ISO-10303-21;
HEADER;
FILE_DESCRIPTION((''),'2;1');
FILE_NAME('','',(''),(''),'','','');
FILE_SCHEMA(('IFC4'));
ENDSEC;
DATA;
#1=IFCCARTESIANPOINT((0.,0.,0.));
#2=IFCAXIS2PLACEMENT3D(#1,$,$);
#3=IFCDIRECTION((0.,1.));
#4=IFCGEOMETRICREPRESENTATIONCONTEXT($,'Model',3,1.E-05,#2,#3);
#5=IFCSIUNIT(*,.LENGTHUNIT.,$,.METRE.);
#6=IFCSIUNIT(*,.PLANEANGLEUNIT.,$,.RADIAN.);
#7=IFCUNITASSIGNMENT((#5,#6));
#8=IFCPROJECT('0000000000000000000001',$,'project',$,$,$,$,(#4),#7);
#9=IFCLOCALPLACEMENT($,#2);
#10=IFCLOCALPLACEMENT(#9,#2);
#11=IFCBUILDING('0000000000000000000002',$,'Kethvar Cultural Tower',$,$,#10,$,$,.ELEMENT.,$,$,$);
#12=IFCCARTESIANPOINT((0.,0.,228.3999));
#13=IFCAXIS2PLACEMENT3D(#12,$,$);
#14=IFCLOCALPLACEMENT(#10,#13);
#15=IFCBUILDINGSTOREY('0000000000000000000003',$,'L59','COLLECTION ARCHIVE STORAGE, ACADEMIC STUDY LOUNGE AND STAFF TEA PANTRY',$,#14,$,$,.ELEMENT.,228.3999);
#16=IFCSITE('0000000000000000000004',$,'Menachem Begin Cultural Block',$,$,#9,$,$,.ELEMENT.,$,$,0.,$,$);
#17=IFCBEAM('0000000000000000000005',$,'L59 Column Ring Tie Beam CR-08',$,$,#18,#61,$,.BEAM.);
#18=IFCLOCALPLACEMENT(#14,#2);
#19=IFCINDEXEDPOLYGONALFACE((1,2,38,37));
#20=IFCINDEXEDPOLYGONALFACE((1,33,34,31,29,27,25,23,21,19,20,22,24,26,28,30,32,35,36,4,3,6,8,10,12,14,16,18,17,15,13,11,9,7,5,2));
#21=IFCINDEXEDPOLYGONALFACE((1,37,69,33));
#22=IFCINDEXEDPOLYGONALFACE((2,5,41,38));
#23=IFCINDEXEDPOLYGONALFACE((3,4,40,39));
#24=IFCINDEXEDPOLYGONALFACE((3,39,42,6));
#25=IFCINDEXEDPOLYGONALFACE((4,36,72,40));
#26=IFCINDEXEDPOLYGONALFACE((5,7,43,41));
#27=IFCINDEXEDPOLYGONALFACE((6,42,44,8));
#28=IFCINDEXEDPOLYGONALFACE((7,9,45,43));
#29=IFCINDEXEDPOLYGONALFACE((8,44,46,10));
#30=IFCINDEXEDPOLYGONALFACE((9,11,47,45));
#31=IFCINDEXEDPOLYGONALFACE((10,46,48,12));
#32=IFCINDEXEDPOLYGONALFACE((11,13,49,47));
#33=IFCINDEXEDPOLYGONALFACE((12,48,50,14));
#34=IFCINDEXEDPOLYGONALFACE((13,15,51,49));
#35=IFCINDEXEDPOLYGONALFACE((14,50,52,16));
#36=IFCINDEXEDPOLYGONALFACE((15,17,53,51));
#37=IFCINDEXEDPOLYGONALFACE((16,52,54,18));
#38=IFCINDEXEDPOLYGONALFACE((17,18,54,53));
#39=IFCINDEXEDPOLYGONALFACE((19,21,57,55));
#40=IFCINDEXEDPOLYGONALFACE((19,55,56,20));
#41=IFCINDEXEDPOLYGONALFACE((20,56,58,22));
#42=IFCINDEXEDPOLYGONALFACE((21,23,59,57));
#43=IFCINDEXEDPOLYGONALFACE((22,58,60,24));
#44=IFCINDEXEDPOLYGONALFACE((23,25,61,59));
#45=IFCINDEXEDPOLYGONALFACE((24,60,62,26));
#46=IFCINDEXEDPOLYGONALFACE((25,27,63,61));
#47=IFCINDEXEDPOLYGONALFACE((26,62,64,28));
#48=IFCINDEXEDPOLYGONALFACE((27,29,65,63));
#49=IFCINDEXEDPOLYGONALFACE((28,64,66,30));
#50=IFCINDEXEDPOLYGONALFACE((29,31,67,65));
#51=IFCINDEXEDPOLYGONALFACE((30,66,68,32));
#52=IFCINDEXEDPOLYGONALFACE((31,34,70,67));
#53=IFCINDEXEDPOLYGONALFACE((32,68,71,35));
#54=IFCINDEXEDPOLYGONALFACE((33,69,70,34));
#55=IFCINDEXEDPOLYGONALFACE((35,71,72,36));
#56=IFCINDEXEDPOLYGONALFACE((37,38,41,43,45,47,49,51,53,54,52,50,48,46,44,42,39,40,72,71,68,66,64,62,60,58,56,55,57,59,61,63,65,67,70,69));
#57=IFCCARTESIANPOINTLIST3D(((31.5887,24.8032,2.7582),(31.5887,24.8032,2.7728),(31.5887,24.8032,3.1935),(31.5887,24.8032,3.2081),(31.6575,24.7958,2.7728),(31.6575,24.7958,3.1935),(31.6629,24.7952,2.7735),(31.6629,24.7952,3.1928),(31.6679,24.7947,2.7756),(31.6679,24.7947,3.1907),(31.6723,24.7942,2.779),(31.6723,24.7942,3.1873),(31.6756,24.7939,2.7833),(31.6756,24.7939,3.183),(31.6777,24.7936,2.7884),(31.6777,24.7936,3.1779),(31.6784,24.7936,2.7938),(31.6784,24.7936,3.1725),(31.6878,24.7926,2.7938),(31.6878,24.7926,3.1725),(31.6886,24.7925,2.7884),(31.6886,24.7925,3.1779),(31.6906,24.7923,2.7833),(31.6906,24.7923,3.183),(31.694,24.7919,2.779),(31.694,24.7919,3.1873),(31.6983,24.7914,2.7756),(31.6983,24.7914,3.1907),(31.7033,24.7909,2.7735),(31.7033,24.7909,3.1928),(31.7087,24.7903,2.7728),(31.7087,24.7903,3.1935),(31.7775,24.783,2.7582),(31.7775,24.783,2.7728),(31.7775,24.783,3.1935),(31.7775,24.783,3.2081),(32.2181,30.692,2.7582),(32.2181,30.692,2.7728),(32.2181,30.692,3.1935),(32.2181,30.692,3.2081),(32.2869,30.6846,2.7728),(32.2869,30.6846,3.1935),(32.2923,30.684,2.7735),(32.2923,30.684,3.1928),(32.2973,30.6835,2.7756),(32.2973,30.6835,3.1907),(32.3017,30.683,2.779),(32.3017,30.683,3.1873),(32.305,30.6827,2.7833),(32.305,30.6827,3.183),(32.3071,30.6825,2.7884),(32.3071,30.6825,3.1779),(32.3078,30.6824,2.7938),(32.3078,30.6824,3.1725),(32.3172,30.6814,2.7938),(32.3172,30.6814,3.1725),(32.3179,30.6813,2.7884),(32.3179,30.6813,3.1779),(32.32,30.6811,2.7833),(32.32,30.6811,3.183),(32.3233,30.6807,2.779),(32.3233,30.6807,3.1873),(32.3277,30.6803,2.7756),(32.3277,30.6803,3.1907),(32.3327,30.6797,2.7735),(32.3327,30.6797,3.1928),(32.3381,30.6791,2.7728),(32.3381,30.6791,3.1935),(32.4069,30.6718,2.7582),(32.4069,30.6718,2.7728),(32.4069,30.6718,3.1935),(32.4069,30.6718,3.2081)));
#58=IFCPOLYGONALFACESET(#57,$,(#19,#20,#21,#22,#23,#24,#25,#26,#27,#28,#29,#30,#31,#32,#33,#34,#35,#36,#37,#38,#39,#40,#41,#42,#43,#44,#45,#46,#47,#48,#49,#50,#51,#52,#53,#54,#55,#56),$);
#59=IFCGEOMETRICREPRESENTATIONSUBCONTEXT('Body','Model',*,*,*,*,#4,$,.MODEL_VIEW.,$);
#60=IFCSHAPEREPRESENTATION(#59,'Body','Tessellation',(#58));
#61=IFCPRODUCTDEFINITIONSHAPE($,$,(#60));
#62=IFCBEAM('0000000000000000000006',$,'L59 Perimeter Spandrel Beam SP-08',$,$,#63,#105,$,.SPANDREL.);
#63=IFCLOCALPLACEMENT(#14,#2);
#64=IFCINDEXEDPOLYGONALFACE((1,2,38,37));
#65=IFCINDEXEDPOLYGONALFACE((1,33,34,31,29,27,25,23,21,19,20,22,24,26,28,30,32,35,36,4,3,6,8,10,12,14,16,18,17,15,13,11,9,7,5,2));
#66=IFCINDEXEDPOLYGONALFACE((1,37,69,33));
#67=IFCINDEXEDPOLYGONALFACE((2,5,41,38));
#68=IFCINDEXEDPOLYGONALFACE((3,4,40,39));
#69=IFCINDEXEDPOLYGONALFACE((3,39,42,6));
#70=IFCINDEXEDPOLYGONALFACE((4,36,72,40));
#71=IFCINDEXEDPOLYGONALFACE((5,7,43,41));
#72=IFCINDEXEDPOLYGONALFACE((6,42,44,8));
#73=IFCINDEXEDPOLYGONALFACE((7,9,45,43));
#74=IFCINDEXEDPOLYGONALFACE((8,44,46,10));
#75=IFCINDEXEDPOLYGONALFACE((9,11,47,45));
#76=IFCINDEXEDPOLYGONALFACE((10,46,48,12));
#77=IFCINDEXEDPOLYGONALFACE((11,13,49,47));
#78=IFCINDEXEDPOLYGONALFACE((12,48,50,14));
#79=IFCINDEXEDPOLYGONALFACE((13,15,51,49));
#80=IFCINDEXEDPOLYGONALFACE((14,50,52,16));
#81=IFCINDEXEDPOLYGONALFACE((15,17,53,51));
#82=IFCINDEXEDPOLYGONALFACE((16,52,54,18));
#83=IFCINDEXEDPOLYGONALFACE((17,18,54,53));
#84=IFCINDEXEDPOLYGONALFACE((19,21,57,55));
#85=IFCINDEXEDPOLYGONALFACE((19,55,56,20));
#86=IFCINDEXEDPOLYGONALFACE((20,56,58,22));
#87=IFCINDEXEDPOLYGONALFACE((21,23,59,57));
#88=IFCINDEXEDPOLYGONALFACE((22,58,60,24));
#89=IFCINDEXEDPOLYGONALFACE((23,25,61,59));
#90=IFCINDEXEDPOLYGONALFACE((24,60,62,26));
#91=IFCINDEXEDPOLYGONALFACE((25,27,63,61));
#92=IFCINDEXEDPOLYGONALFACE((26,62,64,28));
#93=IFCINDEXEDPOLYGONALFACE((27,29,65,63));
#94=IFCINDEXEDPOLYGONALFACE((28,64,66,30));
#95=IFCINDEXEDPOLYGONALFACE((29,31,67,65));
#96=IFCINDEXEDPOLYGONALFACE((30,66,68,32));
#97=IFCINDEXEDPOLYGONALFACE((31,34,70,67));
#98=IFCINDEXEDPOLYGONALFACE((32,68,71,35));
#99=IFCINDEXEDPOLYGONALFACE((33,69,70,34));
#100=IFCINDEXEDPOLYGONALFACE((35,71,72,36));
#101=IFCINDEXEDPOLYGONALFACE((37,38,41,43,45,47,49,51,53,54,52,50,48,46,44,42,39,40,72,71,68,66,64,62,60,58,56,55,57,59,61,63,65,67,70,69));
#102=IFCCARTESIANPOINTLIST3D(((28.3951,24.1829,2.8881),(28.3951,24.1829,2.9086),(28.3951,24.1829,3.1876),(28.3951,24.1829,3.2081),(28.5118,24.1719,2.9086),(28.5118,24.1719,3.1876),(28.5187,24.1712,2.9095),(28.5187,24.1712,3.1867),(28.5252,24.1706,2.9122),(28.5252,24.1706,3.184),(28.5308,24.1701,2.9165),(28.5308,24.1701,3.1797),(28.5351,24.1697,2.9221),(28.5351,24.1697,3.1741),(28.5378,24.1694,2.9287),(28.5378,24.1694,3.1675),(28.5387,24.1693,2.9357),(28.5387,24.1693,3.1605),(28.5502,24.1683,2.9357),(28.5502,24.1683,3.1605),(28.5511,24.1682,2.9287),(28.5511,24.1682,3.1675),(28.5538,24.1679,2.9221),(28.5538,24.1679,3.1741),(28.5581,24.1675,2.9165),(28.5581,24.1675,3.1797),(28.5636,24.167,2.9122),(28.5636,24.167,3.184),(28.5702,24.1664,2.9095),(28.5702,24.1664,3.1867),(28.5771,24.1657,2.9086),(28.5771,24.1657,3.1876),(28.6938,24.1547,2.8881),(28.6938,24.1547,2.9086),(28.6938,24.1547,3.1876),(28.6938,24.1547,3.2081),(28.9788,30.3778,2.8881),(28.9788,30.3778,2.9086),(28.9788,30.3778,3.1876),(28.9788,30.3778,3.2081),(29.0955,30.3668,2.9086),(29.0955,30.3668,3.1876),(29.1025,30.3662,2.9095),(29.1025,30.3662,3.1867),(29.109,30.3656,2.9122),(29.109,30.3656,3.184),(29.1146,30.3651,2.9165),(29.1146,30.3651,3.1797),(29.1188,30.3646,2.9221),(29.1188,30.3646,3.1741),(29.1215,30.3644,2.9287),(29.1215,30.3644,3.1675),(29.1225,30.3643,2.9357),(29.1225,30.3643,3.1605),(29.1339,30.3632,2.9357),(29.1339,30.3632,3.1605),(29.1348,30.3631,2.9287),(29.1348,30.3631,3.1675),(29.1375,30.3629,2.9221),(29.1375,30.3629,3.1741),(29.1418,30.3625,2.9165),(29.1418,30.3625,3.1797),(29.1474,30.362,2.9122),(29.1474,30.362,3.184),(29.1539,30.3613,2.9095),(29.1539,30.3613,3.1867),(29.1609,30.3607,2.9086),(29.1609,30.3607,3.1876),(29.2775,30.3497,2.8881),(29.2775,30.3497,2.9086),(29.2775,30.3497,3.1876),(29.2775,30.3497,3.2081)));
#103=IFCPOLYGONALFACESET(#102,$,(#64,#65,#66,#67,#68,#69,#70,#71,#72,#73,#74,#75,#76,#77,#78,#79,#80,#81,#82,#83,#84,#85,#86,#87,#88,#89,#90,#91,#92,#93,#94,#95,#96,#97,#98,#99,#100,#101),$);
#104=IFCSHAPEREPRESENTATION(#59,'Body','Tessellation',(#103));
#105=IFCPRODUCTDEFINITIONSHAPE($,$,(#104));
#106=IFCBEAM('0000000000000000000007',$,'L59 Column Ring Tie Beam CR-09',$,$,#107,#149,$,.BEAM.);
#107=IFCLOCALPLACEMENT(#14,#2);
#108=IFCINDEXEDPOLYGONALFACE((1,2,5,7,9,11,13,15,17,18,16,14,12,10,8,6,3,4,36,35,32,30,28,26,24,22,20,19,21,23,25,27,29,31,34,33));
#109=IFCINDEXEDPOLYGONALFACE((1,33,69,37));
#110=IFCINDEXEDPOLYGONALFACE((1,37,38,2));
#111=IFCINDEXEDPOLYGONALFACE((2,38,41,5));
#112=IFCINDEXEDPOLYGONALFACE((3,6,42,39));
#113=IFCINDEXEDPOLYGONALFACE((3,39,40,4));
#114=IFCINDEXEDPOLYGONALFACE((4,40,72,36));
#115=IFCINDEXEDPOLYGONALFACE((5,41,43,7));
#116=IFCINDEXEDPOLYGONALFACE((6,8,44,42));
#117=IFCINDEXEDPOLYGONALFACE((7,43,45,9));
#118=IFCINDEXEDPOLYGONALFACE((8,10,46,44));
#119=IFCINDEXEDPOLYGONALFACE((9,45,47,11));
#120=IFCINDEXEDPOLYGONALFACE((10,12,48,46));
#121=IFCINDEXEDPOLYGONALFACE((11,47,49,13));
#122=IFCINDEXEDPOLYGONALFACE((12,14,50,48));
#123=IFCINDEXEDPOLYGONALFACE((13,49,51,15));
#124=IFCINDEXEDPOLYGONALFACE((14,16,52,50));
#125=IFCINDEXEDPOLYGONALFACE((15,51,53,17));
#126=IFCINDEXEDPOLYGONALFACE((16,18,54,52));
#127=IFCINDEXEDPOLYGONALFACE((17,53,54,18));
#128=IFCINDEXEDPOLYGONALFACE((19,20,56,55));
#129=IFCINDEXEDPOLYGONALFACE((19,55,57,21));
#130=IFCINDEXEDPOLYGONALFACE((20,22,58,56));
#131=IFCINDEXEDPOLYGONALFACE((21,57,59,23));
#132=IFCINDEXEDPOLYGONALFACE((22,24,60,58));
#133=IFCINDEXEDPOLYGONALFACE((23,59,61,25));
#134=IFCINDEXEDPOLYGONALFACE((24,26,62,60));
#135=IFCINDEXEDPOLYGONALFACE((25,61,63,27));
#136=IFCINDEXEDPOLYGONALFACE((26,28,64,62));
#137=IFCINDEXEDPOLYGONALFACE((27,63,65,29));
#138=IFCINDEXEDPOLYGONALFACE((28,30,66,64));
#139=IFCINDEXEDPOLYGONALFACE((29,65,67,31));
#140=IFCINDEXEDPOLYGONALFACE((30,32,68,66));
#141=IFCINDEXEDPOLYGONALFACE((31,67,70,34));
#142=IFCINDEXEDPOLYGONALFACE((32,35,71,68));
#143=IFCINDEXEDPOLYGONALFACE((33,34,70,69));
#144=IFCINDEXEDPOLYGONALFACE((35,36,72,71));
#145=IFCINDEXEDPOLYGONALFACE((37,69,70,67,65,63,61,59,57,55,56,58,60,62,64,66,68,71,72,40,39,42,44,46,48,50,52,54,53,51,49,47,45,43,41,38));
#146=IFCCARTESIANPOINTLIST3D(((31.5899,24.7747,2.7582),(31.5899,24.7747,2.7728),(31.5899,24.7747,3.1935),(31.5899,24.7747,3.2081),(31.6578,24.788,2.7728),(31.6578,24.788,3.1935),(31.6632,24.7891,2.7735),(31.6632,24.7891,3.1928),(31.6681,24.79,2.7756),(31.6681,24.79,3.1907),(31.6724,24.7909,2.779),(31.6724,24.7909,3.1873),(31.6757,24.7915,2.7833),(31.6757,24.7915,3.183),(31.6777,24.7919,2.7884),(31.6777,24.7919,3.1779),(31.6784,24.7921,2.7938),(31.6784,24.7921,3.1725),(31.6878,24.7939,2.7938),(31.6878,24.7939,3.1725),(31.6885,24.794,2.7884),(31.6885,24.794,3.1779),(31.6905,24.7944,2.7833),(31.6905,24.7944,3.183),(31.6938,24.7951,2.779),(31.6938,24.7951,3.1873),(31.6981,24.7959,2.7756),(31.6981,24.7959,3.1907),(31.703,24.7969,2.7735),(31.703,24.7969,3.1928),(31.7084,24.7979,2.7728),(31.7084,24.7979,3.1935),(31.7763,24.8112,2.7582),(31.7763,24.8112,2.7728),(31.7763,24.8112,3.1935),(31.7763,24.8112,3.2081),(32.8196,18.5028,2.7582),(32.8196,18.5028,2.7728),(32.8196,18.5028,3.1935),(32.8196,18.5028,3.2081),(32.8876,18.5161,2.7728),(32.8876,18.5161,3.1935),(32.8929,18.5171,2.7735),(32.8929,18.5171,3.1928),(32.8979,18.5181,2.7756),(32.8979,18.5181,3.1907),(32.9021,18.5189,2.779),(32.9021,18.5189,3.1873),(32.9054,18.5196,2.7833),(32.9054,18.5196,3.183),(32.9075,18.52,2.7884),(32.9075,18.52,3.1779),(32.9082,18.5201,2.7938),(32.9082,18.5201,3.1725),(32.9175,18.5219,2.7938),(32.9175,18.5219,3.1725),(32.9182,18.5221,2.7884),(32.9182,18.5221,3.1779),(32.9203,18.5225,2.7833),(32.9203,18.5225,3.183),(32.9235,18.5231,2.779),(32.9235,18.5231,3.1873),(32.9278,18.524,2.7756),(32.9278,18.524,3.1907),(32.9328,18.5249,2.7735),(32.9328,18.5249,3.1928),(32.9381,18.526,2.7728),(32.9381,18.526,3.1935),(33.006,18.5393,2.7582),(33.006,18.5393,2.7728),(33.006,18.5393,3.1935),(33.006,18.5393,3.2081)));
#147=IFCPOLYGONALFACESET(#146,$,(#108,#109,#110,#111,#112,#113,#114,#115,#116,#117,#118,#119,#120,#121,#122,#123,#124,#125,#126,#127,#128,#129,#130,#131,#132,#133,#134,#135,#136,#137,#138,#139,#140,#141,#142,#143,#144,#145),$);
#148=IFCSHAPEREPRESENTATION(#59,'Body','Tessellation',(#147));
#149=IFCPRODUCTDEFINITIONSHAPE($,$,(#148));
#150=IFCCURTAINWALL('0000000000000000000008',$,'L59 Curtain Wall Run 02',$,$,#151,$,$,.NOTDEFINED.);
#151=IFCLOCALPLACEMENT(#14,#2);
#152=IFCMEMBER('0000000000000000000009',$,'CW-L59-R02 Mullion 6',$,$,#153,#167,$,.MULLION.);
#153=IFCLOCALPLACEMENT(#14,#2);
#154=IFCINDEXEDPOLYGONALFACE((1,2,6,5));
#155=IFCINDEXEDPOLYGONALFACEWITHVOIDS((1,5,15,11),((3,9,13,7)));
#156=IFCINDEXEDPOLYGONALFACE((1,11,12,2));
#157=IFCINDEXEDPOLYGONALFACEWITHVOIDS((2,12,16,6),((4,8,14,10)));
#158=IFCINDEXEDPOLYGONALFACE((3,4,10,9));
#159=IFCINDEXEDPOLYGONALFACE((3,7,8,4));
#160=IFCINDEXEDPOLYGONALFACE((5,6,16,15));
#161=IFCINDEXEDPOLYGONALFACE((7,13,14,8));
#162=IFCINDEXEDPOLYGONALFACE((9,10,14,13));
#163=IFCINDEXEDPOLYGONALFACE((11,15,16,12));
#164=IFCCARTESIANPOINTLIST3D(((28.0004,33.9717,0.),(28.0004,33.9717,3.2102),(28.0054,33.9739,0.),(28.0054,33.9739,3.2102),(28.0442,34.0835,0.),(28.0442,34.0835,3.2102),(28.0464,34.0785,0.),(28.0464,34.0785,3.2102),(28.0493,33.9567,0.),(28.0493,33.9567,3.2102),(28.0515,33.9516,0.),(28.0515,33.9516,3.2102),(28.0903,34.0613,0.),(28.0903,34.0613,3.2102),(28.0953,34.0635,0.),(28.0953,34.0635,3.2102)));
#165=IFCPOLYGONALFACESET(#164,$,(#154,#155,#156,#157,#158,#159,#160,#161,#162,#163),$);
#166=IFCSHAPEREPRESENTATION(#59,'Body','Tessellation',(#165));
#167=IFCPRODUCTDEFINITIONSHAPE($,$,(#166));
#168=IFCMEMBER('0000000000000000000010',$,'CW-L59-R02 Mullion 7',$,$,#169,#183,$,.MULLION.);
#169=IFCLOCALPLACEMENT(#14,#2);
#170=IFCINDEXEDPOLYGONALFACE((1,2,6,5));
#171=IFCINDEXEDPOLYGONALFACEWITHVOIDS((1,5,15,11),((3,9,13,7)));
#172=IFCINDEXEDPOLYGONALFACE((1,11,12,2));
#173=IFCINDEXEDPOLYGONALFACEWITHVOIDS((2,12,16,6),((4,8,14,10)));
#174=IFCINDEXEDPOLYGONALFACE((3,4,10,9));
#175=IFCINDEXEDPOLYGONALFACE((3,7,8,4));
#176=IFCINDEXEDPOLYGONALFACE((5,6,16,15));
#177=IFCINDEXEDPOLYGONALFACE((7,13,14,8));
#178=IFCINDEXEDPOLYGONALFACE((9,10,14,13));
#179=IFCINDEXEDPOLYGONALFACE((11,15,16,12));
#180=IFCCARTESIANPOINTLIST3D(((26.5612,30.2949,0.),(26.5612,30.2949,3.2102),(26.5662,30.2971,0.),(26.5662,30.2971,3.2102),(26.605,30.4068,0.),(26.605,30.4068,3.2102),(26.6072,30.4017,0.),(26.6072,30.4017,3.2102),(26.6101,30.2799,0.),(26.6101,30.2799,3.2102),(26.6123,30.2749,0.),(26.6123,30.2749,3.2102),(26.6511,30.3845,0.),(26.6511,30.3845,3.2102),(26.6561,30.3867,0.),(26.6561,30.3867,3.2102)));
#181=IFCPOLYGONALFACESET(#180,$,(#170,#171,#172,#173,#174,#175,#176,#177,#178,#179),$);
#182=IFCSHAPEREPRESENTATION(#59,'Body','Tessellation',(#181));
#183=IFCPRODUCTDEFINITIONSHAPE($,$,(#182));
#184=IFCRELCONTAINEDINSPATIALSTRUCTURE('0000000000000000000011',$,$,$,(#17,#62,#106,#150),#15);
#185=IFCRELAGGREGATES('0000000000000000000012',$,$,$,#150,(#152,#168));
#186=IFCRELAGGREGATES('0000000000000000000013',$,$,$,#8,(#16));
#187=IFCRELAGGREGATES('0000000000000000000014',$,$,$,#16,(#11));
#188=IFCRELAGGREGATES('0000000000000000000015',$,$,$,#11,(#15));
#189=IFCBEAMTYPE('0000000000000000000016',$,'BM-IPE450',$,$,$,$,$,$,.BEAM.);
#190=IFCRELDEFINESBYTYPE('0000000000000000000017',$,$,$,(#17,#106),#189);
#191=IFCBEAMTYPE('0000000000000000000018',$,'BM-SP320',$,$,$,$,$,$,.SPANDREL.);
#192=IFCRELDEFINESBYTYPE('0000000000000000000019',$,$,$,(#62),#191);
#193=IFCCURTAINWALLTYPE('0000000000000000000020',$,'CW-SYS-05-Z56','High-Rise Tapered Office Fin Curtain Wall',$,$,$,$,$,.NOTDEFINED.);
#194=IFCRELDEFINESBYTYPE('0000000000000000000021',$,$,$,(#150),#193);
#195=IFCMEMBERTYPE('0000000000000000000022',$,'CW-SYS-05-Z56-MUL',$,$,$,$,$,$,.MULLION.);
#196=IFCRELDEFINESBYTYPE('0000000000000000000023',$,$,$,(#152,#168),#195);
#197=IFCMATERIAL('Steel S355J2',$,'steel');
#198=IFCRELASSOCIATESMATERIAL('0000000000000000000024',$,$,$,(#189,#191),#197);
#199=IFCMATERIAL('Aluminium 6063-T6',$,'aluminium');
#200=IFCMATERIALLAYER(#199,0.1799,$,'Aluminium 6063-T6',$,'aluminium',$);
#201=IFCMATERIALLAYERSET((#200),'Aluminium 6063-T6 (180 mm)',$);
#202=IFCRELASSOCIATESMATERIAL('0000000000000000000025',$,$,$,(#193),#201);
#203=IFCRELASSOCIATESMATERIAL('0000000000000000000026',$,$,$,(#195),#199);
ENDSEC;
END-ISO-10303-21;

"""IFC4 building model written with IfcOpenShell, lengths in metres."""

from ifc_helpers import new_model, si_unit, direction, frame, origin, origin_2d, place, context, subcontext, project, spatial, hollow_rectangle, i_section, extrude, source, transform, mapped, material, layer, layer_set, material_profile, profile_set, type_object, element, aggregate, save


model = new_model("IFC4")

# Units and contexts
model_context = context("Model", 3, precision=1e-05, world=origin(), true_north=direction((0.0, 1.0)))
body_context = subcontext(model_context, "Body", "Model", "MODEL_VIEW")
ifc_project = project(units=[si_unit("LENGTHUNIT", "METRE"), si_unit("PLANEANGLEUNIT", "RADIAN")], contexts=[model_context])

# Site, building, storey
site_placement = place(None, origin())
site = spatial("IfcSite", under=ifc_project, at=site_placement, Name="Menachem Begin Cultural Block", CompositionType="ELEMENT", RefElevation=0.0)
building_placement = place(site_placement, origin())
building = spatial("IfcBuilding", under=site, at=building_placement, Name="Kethvar Cultural Tower", CompositionType="ELEMENT")
storey_placement = place(building_placement, frame((0.0, 0.0, 228.3999)))
storey = spatial("IfcBuildingStorey", under=building, at=storey_placement, Name="L59", Description="COLLECTION ARCHIVE STORAGE, ACADEMIC STUDY LOUNGE AND STAFF TEA PANTRY", CompositionType="ELEMENT", Elevation=228.3999)

# Beams
ifc_material_1 = material(Name="Steel S355J2", Category="steel")
ifc_material_profile_1 = material_profile(ifc_material_1, i_section(OverallWidth=0.1899, OverallDepth=0.45, WebThickness=0.0095, FlangeThickness=0.0146, FilletRadius=0.021, at=origin_2d()), Name="Steel S355J2 — IPE450")
ifc_profile_set_1 = profile_set([ifc_material_profile_1], Name="Steel S355J2 — IPE450")
beam_type_1 = type_object("IfcBeamType", Name="BM-IPE450", PredefinedType="BEAM", material=ifc_profile_set_1)
shared_shape_1 = source(origin(), body_context, "Body", "SweptSolid", [
    extrude(i_section(OverallWidth=0.1899, OverallDepth=0.45, WebThickness=0.0095, FlangeThickness=0.0146, FilletRadius=0.021, at=origin_2d()), origin(), (0.0, 0.0, 1.0), 5.9224),
])
beam_1_placement = place(storey_placement, frame((32.3125, 30.6819, 2.9832), z_axis=(-0.106273, -0.994337, 0.0), x_axis=(0.994337, -0.106273, 0.0)))
element("IfcBeam", 1, at=beam_1_placement, inside=storey, type_object=beam_type_1, Name="L59 Column Ring Tie Beam CR-08", PredefinedType="BEAM", context=body_context, shape_type="MappedRepresentation", body=[
    mapped(shared_shape_1, transform((0.0, 0.0, 0.0), scale=1.0)),
])
ifc_material_profile_2 = material_profile(ifc_material_1, i_section(OverallWidth=0.3, OverallDepth=0.3201, WebThickness=0.0115, FlangeThickness=0.0205, FilletRadius=0.0271, at=origin_2d()), Name="Steel S355J2 — HEB320")
ifc_profile_set_2 = profile_set([ifc_material_profile_2], Name="Steel S355J2 — HEB320")
beam_type_2 = type_object("IfcBeamType", Name="BM-SP320", PredefinedType="SPANDREL", material=ifc_profile_set_2)
shared_shape_2 = source(origin(), body_context, "Body", "SweptSolid", [
    extrude(i_section(OverallWidth=0.3, OverallDepth=0.3201, WebThickness=0.0115, FlangeThickness=0.0205, FilletRadius=0.0271, at=origin_2d()), origin(), (0.0, 0.0, 1.0), 6.2224),
])
beam_2_placement = place(storey_placement, frame((29.1282, 30.3638, 3.0481), z_axis=(-0.093811, -0.99559, 0.0), x_axis=(0.99559, -0.093811, 0.0)))
element("IfcBeam", 2, at=beam_2_placement, inside=storey, type_object=beam_type_2, Name="L59 Perimeter Spandrel Beam SP-08", PredefinedType="SPANDREL", context=body_context, shape_type="MappedRepresentation", body=[
    mapped(shared_shape_2, transform((0.0, 0.0, 0.0), scale=1.0)),
])
shared_shape_3 = source(origin(), body_context, "Body", "SweptSolid", [
    extrude(i_section(OverallWidth=0.1899, OverallDepth=0.45, WebThickness=0.0095, FlangeThickness=0.0146, FilletRadius=0.021, at=origin_2d()), origin(), (0.0, 0.0, 1.0), 6.3914),
])
beam_3_placement = place(storey_placement, frame((31.6831, 24.793, 2.9832), z_axis=(0.192405, -0.981316, 0.0), x_axis=(0.981316, 0.192405, 0.0)))
element("IfcBeam", 3, at=beam_3_placement, inside=storey, type_object=beam_type_1, Name="L59 Column Ring Tie Beam CR-09", PredefinedType="BEAM", context=body_context, shape_type="MappedRepresentation", body=[
    mapped(shared_shape_3, transform((0.0, 0.0, 0.0), scale=1.0)),
])

# Curtain wall, members
ifc_material_2 = material(Name="Aluminium 6063-T6", Category="aluminium")
ifc_layer_1 = layer(ifc_material_2, 0.1799, Name="Aluminium 6063-T6", Category="aluminium")
ifc_layer_set_1 = layer_set([ifc_layer_1], Name="Aluminium 6063-T6 (180 mm)")
curtain_wall_type = type_object("IfcCurtainWallType", Name="CW-SYS-05-Z56", Description="High-Rise Tapered Office Fin Curtain Wall", PredefinedType="NOTDEFINED", material=ifc_layer_set_1)
curtain_wall_1_placement = place(storey_placement, origin())
curtain_wall_1 = element("IfcCurtainWall", 4, at=curtain_wall_1_placement, inside=storey, type_object=curtain_wall_type, Name="L59 Curtain Wall Run 02", PredefinedType="NOTDEFINED")
ifc_material_profile_3 = material_profile(ifc_material_2, hollow_rectangle(XDim=0.0549, YDim=0.1201, WallThickness=0.0039, at=origin_2d()), Name="Aluminium 6063-T6 — RHS120x55x4")
ifc_profile_set_3 = profile_set([ifc_material_profile_3], Name="Aluminium 6063-T6 — RHS120x55x4")
member_type_1 = type_object("IfcMemberType", Name="CW-SYS-05-Z56-MUL", PredefinedType="MULLION", material=ifc_profile_set_3)
shared_shape_4 = source(origin(), body_context, "Body", "SweptSolid", [
    extrude(hollow_rectangle(XDim=0.0549, YDim=0.1201, WallThickness=0.0039, at=origin_2d()), origin(), (0.0, 0.0, 1.0), 3.2102),
])
member_1_placement = place(storey_placement, frame((28.0479, 34.0176, 0.0), z_axis=(0.0, 0.0, 1.0), x_axis=(0.931189, -0.364536, 0.0)))
member_1 = element("IfcMember", 5, at=member_1_placement, type_object=member_type_1, Name="CW-L59-R02 Mullion 6", PredefinedType="MULLION", context=body_context, shape_type="MappedRepresentation", body=[
    mapped(shared_shape_4, transform((0.0, 0.0, 0.0), scale=1.0)),
])
member_2_placement = place(storey_placement, frame((26.6086, 30.3408, 0.0), z_axis=(0.0, 0.0, 1.0), x_axis=(0.931189, -0.364536, 0.0)))
member_2 = element("IfcMember", 6, at=member_2_placement, type_object=member_type_1, Name="CW-L59-R02 Mullion 7", PredefinedType="MULLION", context=body_context, shape_type="MappedRepresentation", body=[
    mapped(shared_shape_4, transform((0.0, 0.0, 0.0), scale=1.0)),
])

aggregate(curtain_wall_1, [member_1, member_2])

save(model, "model.ifc")
